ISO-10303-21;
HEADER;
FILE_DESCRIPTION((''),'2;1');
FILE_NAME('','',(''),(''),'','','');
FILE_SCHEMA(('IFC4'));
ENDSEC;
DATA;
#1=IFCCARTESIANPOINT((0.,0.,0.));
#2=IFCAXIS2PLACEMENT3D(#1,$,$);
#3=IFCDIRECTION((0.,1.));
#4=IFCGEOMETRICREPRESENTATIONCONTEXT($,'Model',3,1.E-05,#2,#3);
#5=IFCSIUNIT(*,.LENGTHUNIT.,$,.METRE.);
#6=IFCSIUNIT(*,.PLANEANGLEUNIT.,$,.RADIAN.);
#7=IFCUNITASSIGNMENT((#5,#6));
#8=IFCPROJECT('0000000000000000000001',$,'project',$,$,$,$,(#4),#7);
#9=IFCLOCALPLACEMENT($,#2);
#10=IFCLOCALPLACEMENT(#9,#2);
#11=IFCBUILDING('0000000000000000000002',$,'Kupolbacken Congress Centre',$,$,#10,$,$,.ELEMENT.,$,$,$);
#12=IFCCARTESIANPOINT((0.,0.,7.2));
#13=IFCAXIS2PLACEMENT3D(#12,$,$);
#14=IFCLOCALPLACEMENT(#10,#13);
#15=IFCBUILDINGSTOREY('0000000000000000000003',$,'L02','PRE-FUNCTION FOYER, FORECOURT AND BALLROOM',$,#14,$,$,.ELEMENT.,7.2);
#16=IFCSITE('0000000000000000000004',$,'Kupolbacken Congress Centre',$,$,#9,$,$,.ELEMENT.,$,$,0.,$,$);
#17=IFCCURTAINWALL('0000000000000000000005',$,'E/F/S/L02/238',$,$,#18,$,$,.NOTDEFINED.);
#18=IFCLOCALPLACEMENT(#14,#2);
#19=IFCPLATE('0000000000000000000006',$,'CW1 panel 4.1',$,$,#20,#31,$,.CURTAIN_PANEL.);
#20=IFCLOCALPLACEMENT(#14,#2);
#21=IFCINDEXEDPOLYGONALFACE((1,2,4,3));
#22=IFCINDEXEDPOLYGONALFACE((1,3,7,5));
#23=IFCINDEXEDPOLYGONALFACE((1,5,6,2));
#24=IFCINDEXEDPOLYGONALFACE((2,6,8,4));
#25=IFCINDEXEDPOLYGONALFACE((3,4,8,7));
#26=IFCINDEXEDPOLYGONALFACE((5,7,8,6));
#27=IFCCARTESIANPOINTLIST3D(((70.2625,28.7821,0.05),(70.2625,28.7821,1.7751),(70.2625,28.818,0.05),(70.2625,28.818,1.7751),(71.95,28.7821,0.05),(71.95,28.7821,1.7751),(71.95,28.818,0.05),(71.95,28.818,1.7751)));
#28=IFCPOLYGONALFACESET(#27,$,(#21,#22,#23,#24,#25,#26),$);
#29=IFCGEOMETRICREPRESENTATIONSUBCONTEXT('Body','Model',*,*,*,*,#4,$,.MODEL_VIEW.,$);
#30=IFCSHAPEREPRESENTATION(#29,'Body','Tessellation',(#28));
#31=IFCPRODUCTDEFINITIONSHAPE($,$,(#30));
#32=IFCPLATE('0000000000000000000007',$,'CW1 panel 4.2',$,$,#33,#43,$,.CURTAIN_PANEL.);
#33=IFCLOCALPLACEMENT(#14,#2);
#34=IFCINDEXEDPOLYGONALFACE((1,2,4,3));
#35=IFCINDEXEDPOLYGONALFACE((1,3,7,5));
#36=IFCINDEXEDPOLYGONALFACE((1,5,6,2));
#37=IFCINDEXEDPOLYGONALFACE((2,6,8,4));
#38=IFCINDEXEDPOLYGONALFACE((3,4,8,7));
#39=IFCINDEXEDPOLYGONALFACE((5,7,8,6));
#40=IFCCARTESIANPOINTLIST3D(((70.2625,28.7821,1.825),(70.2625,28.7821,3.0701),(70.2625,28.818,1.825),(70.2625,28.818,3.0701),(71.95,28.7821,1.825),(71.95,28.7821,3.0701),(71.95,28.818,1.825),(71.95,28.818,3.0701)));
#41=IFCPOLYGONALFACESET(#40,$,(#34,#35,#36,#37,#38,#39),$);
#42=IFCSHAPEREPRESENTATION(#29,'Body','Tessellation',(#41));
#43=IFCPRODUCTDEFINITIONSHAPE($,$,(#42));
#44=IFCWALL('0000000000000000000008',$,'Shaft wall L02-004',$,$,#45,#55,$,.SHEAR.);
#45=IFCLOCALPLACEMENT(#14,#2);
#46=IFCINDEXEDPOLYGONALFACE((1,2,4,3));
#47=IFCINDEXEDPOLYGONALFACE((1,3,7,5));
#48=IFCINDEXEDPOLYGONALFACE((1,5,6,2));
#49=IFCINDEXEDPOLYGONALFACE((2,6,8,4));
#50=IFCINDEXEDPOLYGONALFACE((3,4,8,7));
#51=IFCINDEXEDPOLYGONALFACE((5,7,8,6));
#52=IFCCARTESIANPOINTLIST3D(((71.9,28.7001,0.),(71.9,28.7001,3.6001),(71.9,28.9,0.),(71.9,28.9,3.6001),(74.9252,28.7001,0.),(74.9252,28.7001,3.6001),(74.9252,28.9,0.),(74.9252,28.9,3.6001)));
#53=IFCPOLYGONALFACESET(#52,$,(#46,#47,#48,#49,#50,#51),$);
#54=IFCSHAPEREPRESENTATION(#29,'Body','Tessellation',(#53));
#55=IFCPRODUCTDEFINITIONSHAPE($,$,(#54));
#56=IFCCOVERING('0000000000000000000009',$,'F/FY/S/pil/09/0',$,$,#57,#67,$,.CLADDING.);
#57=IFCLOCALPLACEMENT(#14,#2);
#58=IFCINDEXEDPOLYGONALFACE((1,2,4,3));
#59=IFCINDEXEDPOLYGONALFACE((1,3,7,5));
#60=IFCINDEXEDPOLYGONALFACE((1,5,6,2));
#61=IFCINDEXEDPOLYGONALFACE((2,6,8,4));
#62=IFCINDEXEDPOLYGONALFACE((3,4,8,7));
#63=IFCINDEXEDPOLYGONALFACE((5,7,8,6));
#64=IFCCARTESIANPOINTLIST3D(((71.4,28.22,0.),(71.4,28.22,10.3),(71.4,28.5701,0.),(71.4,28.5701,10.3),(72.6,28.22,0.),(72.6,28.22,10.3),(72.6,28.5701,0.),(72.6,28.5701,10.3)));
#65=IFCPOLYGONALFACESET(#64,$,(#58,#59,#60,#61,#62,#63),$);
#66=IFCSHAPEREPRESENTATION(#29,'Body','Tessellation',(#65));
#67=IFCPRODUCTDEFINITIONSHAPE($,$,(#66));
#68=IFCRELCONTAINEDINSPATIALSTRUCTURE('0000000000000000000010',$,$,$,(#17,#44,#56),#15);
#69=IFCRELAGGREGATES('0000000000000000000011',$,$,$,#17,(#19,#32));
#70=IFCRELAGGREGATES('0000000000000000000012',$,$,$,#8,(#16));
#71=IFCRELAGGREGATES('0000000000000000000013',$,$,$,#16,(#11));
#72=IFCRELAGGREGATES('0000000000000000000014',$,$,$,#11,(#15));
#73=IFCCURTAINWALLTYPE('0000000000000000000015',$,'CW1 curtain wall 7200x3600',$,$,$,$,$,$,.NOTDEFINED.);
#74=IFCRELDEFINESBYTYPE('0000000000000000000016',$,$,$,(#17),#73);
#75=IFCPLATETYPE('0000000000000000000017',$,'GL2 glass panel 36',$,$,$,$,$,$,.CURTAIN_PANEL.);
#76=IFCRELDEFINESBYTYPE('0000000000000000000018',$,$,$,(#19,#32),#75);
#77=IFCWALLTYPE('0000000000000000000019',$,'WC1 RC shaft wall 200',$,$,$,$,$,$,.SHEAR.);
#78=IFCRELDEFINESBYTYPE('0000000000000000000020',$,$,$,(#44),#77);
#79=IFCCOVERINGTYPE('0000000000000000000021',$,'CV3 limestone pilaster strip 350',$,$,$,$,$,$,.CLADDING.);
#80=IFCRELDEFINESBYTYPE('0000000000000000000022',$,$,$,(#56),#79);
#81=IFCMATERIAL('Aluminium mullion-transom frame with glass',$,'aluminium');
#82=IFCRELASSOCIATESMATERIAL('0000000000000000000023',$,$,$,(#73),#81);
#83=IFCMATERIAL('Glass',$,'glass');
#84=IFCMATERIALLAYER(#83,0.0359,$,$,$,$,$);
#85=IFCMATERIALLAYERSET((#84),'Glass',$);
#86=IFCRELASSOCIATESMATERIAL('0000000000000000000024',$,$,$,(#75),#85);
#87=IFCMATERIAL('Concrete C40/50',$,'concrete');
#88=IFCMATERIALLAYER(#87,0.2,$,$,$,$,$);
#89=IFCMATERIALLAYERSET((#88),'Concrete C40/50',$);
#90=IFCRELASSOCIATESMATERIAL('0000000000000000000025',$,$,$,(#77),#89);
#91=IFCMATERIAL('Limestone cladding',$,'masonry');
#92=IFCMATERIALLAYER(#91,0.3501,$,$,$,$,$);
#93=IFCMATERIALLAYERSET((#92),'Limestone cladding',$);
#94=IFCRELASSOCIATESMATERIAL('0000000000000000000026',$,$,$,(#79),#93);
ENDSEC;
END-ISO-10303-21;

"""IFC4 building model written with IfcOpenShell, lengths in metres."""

from ifc_helpers import new_model, si_unit, direction, frame, frame_2d, origin, origin_2d, place, context, subcontext, project, spatial, rectangle, extrude, material, layer, layer_set, type_object, element, aggregate, save


model = new_model("IFC4")

# Units and contexts
model_context = context("Model", 3, precision=1e-05, world=origin(), true_north=direction((0.0, 1.0)))
body_context = subcontext(model_context, "Body", "Model", "MODEL_VIEW")
ifc_project = project(units=[si_unit("LENGTHUNIT", "METRE"), si_unit("PLANEANGLEUNIT", "RADIAN")], contexts=[model_context])

# Site, building, storey
site_placement = place(None, origin())
site = spatial("IfcSite", under=ifc_project, at=site_placement, Name="Kupolbacken Congress Centre", CompositionType="ELEMENT", RefElevation=0.0)
building_placement = place(site_placement, origin())
building = spatial("IfcBuilding", under=site, at=building_placement, Name="Kupolbacken Congress Centre", CompositionType="ELEMENT")
storey_placement = place(building_placement, frame((0.0, 0.0, 7.2)))
storey = spatial("IfcBuildingStorey", under=building, at=storey_placement, Name="L02", Description="PRE-FUNCTION FOYER, FORECOURT AND BALLROOM", CompositionType="ELEMENT", Elevation=7.2)

# Curtain wall, plates
ifc_material_1 = material(Name="Aluminium mullion-transom frame with glass", Category="aluminium")
curtain_wall_type = type_object("IfcCurtainWallType", Name="CW1 curtain wall 7200x3600", PredefinedType="NOTDEFINED", material=ifc_material_1)
curtain_wall_placement = place(storey_placement, origin())
curtain_wall = element("IfcCurtainWall", 1, at=curtain_wall_placement, inside=storey, type_object=curtain_wall_type, Name="E/F/S/L02/238", PredefinedType="NOTDEFINED")
ifc_material_2 = material(Name="Glass", Category="glass")
ifc_layer_1 = layer(ifc_material_2, 0.0359)
ifc_layer_set_1 = layer_set([ifc_layer_1], Name="Glass")
plate_type = type_object("IfcPlateType", Name="GL2 glass panel 36", PredefinedType="CURTAIN_PANEL", material=ifc_layer_set_1)
plate_1_placement = place(storey_placement, frame((71.1062, 28.8, 0.05), z_axis=(0.0, 0.0, 1.0), x_axis=(1.0, 0.0, 0.0)))
plate_1 = element("IfcPlate", 2, at=plate_1_placement, type_object=plate_type, Name="CW1 panel 4.1", PredefinedType="CURTAIN_PANEL", context=body_context, shape_type="SweptSolid", body=[
    extrude(rectangle(XDim=1.6875, YDim=0.0359, at=origin_2d()), origin(), (0.0, 0.0, 1.0), 1.7251),
])
plate_2_placement = place(storey_placement, frame((71.1062, 28.8, 1.825), z_axis=(0.0, 0.0, 1.0), x_axis=(1.0, 0.0, 0.0)))
plate_2 = element("IfcPlate", 3, at=plate_2_placement, type_object=plate_type, Name="CW1 panel 4.2", PredefinedType="CURTAIN_PANEL", context=body_context, shape_type="SweptSolid", body=[
    extrude(rectangle(XDim=1.6875, YDim=0.0359, at=origin_2d()), origin(), (0.0, 0.0, 1.0), 1.2451),
])
aggregate(curtain_wall, [plate_1, plate_2])

# Wall
ifc_material_3 = material(Name="Concrete C40/50", Category="concrete")
ifc_layer_2 = layer(ifc_material_3, 0.2)
ifc_layer_set_2 = layer_set([ifc_layer_2], Name="Concrete C40/50")
wall_type = type_object("IfcWallType", Name="WC1 RC shaft wall 200", PredefinedType="SHEAR", material=ifc_layer_set_2)
wall_placement = place(storey_placement, frame((71.8999, 28.8, 0.0), z_axis=(0.0, 0.0, 1.0), x_axis=(1.0, 0.0, 0.0)))
element("IfcWall", 4, at=wall_placement, inside=storey, type_object=wall_type, Name="Shaft wall L02-004", PredefinedType="SHEAR", context=body_context, shape_type="SweptSolid", body=[
    extrude(rectangle(XDim=3.0251, YDim=0.2, at=frame_2d((1.5127, 0.0))), origin(), (0.0, 0.0, 1.0), 3.6001),
])

# Covering
ifc_material_4 = material(Name="Limestone cladding", Category="masonry")
ifc_layer_3 = layer(ifc_material_4, 0.3501)
ifc_layer_set_3 = layer_set([ifc_layer_3], Name="Limestone cladding")
covering_type = type_object("IfcCoveringType", Name="CV3 limestone pilaster strip 350", PredefinedType="CLADDING", material=ifc_layer_set_3)
covering_placement = place(storey_placement, frame((72.0, 28.395, 0.0), z_axis=(0.0, 0.0, 1.0), x_axis=(1.0, 0.0, 0.0)))
element("IfcCovering", 5, at=covering_placement, inside=storey, type_object=covering_type, Name="F/FY/S/pil/09/0", PredefinedType="CLADDING", context=body_context, shape_type="SweptSolid", body=[
    extrude(rectangle(XDim=1.2, YDim=0.3501, at=origin_2d()), origin(), (0.0, 0.0, 1.0), 10.3),
])

save(model, "model.ifc")
